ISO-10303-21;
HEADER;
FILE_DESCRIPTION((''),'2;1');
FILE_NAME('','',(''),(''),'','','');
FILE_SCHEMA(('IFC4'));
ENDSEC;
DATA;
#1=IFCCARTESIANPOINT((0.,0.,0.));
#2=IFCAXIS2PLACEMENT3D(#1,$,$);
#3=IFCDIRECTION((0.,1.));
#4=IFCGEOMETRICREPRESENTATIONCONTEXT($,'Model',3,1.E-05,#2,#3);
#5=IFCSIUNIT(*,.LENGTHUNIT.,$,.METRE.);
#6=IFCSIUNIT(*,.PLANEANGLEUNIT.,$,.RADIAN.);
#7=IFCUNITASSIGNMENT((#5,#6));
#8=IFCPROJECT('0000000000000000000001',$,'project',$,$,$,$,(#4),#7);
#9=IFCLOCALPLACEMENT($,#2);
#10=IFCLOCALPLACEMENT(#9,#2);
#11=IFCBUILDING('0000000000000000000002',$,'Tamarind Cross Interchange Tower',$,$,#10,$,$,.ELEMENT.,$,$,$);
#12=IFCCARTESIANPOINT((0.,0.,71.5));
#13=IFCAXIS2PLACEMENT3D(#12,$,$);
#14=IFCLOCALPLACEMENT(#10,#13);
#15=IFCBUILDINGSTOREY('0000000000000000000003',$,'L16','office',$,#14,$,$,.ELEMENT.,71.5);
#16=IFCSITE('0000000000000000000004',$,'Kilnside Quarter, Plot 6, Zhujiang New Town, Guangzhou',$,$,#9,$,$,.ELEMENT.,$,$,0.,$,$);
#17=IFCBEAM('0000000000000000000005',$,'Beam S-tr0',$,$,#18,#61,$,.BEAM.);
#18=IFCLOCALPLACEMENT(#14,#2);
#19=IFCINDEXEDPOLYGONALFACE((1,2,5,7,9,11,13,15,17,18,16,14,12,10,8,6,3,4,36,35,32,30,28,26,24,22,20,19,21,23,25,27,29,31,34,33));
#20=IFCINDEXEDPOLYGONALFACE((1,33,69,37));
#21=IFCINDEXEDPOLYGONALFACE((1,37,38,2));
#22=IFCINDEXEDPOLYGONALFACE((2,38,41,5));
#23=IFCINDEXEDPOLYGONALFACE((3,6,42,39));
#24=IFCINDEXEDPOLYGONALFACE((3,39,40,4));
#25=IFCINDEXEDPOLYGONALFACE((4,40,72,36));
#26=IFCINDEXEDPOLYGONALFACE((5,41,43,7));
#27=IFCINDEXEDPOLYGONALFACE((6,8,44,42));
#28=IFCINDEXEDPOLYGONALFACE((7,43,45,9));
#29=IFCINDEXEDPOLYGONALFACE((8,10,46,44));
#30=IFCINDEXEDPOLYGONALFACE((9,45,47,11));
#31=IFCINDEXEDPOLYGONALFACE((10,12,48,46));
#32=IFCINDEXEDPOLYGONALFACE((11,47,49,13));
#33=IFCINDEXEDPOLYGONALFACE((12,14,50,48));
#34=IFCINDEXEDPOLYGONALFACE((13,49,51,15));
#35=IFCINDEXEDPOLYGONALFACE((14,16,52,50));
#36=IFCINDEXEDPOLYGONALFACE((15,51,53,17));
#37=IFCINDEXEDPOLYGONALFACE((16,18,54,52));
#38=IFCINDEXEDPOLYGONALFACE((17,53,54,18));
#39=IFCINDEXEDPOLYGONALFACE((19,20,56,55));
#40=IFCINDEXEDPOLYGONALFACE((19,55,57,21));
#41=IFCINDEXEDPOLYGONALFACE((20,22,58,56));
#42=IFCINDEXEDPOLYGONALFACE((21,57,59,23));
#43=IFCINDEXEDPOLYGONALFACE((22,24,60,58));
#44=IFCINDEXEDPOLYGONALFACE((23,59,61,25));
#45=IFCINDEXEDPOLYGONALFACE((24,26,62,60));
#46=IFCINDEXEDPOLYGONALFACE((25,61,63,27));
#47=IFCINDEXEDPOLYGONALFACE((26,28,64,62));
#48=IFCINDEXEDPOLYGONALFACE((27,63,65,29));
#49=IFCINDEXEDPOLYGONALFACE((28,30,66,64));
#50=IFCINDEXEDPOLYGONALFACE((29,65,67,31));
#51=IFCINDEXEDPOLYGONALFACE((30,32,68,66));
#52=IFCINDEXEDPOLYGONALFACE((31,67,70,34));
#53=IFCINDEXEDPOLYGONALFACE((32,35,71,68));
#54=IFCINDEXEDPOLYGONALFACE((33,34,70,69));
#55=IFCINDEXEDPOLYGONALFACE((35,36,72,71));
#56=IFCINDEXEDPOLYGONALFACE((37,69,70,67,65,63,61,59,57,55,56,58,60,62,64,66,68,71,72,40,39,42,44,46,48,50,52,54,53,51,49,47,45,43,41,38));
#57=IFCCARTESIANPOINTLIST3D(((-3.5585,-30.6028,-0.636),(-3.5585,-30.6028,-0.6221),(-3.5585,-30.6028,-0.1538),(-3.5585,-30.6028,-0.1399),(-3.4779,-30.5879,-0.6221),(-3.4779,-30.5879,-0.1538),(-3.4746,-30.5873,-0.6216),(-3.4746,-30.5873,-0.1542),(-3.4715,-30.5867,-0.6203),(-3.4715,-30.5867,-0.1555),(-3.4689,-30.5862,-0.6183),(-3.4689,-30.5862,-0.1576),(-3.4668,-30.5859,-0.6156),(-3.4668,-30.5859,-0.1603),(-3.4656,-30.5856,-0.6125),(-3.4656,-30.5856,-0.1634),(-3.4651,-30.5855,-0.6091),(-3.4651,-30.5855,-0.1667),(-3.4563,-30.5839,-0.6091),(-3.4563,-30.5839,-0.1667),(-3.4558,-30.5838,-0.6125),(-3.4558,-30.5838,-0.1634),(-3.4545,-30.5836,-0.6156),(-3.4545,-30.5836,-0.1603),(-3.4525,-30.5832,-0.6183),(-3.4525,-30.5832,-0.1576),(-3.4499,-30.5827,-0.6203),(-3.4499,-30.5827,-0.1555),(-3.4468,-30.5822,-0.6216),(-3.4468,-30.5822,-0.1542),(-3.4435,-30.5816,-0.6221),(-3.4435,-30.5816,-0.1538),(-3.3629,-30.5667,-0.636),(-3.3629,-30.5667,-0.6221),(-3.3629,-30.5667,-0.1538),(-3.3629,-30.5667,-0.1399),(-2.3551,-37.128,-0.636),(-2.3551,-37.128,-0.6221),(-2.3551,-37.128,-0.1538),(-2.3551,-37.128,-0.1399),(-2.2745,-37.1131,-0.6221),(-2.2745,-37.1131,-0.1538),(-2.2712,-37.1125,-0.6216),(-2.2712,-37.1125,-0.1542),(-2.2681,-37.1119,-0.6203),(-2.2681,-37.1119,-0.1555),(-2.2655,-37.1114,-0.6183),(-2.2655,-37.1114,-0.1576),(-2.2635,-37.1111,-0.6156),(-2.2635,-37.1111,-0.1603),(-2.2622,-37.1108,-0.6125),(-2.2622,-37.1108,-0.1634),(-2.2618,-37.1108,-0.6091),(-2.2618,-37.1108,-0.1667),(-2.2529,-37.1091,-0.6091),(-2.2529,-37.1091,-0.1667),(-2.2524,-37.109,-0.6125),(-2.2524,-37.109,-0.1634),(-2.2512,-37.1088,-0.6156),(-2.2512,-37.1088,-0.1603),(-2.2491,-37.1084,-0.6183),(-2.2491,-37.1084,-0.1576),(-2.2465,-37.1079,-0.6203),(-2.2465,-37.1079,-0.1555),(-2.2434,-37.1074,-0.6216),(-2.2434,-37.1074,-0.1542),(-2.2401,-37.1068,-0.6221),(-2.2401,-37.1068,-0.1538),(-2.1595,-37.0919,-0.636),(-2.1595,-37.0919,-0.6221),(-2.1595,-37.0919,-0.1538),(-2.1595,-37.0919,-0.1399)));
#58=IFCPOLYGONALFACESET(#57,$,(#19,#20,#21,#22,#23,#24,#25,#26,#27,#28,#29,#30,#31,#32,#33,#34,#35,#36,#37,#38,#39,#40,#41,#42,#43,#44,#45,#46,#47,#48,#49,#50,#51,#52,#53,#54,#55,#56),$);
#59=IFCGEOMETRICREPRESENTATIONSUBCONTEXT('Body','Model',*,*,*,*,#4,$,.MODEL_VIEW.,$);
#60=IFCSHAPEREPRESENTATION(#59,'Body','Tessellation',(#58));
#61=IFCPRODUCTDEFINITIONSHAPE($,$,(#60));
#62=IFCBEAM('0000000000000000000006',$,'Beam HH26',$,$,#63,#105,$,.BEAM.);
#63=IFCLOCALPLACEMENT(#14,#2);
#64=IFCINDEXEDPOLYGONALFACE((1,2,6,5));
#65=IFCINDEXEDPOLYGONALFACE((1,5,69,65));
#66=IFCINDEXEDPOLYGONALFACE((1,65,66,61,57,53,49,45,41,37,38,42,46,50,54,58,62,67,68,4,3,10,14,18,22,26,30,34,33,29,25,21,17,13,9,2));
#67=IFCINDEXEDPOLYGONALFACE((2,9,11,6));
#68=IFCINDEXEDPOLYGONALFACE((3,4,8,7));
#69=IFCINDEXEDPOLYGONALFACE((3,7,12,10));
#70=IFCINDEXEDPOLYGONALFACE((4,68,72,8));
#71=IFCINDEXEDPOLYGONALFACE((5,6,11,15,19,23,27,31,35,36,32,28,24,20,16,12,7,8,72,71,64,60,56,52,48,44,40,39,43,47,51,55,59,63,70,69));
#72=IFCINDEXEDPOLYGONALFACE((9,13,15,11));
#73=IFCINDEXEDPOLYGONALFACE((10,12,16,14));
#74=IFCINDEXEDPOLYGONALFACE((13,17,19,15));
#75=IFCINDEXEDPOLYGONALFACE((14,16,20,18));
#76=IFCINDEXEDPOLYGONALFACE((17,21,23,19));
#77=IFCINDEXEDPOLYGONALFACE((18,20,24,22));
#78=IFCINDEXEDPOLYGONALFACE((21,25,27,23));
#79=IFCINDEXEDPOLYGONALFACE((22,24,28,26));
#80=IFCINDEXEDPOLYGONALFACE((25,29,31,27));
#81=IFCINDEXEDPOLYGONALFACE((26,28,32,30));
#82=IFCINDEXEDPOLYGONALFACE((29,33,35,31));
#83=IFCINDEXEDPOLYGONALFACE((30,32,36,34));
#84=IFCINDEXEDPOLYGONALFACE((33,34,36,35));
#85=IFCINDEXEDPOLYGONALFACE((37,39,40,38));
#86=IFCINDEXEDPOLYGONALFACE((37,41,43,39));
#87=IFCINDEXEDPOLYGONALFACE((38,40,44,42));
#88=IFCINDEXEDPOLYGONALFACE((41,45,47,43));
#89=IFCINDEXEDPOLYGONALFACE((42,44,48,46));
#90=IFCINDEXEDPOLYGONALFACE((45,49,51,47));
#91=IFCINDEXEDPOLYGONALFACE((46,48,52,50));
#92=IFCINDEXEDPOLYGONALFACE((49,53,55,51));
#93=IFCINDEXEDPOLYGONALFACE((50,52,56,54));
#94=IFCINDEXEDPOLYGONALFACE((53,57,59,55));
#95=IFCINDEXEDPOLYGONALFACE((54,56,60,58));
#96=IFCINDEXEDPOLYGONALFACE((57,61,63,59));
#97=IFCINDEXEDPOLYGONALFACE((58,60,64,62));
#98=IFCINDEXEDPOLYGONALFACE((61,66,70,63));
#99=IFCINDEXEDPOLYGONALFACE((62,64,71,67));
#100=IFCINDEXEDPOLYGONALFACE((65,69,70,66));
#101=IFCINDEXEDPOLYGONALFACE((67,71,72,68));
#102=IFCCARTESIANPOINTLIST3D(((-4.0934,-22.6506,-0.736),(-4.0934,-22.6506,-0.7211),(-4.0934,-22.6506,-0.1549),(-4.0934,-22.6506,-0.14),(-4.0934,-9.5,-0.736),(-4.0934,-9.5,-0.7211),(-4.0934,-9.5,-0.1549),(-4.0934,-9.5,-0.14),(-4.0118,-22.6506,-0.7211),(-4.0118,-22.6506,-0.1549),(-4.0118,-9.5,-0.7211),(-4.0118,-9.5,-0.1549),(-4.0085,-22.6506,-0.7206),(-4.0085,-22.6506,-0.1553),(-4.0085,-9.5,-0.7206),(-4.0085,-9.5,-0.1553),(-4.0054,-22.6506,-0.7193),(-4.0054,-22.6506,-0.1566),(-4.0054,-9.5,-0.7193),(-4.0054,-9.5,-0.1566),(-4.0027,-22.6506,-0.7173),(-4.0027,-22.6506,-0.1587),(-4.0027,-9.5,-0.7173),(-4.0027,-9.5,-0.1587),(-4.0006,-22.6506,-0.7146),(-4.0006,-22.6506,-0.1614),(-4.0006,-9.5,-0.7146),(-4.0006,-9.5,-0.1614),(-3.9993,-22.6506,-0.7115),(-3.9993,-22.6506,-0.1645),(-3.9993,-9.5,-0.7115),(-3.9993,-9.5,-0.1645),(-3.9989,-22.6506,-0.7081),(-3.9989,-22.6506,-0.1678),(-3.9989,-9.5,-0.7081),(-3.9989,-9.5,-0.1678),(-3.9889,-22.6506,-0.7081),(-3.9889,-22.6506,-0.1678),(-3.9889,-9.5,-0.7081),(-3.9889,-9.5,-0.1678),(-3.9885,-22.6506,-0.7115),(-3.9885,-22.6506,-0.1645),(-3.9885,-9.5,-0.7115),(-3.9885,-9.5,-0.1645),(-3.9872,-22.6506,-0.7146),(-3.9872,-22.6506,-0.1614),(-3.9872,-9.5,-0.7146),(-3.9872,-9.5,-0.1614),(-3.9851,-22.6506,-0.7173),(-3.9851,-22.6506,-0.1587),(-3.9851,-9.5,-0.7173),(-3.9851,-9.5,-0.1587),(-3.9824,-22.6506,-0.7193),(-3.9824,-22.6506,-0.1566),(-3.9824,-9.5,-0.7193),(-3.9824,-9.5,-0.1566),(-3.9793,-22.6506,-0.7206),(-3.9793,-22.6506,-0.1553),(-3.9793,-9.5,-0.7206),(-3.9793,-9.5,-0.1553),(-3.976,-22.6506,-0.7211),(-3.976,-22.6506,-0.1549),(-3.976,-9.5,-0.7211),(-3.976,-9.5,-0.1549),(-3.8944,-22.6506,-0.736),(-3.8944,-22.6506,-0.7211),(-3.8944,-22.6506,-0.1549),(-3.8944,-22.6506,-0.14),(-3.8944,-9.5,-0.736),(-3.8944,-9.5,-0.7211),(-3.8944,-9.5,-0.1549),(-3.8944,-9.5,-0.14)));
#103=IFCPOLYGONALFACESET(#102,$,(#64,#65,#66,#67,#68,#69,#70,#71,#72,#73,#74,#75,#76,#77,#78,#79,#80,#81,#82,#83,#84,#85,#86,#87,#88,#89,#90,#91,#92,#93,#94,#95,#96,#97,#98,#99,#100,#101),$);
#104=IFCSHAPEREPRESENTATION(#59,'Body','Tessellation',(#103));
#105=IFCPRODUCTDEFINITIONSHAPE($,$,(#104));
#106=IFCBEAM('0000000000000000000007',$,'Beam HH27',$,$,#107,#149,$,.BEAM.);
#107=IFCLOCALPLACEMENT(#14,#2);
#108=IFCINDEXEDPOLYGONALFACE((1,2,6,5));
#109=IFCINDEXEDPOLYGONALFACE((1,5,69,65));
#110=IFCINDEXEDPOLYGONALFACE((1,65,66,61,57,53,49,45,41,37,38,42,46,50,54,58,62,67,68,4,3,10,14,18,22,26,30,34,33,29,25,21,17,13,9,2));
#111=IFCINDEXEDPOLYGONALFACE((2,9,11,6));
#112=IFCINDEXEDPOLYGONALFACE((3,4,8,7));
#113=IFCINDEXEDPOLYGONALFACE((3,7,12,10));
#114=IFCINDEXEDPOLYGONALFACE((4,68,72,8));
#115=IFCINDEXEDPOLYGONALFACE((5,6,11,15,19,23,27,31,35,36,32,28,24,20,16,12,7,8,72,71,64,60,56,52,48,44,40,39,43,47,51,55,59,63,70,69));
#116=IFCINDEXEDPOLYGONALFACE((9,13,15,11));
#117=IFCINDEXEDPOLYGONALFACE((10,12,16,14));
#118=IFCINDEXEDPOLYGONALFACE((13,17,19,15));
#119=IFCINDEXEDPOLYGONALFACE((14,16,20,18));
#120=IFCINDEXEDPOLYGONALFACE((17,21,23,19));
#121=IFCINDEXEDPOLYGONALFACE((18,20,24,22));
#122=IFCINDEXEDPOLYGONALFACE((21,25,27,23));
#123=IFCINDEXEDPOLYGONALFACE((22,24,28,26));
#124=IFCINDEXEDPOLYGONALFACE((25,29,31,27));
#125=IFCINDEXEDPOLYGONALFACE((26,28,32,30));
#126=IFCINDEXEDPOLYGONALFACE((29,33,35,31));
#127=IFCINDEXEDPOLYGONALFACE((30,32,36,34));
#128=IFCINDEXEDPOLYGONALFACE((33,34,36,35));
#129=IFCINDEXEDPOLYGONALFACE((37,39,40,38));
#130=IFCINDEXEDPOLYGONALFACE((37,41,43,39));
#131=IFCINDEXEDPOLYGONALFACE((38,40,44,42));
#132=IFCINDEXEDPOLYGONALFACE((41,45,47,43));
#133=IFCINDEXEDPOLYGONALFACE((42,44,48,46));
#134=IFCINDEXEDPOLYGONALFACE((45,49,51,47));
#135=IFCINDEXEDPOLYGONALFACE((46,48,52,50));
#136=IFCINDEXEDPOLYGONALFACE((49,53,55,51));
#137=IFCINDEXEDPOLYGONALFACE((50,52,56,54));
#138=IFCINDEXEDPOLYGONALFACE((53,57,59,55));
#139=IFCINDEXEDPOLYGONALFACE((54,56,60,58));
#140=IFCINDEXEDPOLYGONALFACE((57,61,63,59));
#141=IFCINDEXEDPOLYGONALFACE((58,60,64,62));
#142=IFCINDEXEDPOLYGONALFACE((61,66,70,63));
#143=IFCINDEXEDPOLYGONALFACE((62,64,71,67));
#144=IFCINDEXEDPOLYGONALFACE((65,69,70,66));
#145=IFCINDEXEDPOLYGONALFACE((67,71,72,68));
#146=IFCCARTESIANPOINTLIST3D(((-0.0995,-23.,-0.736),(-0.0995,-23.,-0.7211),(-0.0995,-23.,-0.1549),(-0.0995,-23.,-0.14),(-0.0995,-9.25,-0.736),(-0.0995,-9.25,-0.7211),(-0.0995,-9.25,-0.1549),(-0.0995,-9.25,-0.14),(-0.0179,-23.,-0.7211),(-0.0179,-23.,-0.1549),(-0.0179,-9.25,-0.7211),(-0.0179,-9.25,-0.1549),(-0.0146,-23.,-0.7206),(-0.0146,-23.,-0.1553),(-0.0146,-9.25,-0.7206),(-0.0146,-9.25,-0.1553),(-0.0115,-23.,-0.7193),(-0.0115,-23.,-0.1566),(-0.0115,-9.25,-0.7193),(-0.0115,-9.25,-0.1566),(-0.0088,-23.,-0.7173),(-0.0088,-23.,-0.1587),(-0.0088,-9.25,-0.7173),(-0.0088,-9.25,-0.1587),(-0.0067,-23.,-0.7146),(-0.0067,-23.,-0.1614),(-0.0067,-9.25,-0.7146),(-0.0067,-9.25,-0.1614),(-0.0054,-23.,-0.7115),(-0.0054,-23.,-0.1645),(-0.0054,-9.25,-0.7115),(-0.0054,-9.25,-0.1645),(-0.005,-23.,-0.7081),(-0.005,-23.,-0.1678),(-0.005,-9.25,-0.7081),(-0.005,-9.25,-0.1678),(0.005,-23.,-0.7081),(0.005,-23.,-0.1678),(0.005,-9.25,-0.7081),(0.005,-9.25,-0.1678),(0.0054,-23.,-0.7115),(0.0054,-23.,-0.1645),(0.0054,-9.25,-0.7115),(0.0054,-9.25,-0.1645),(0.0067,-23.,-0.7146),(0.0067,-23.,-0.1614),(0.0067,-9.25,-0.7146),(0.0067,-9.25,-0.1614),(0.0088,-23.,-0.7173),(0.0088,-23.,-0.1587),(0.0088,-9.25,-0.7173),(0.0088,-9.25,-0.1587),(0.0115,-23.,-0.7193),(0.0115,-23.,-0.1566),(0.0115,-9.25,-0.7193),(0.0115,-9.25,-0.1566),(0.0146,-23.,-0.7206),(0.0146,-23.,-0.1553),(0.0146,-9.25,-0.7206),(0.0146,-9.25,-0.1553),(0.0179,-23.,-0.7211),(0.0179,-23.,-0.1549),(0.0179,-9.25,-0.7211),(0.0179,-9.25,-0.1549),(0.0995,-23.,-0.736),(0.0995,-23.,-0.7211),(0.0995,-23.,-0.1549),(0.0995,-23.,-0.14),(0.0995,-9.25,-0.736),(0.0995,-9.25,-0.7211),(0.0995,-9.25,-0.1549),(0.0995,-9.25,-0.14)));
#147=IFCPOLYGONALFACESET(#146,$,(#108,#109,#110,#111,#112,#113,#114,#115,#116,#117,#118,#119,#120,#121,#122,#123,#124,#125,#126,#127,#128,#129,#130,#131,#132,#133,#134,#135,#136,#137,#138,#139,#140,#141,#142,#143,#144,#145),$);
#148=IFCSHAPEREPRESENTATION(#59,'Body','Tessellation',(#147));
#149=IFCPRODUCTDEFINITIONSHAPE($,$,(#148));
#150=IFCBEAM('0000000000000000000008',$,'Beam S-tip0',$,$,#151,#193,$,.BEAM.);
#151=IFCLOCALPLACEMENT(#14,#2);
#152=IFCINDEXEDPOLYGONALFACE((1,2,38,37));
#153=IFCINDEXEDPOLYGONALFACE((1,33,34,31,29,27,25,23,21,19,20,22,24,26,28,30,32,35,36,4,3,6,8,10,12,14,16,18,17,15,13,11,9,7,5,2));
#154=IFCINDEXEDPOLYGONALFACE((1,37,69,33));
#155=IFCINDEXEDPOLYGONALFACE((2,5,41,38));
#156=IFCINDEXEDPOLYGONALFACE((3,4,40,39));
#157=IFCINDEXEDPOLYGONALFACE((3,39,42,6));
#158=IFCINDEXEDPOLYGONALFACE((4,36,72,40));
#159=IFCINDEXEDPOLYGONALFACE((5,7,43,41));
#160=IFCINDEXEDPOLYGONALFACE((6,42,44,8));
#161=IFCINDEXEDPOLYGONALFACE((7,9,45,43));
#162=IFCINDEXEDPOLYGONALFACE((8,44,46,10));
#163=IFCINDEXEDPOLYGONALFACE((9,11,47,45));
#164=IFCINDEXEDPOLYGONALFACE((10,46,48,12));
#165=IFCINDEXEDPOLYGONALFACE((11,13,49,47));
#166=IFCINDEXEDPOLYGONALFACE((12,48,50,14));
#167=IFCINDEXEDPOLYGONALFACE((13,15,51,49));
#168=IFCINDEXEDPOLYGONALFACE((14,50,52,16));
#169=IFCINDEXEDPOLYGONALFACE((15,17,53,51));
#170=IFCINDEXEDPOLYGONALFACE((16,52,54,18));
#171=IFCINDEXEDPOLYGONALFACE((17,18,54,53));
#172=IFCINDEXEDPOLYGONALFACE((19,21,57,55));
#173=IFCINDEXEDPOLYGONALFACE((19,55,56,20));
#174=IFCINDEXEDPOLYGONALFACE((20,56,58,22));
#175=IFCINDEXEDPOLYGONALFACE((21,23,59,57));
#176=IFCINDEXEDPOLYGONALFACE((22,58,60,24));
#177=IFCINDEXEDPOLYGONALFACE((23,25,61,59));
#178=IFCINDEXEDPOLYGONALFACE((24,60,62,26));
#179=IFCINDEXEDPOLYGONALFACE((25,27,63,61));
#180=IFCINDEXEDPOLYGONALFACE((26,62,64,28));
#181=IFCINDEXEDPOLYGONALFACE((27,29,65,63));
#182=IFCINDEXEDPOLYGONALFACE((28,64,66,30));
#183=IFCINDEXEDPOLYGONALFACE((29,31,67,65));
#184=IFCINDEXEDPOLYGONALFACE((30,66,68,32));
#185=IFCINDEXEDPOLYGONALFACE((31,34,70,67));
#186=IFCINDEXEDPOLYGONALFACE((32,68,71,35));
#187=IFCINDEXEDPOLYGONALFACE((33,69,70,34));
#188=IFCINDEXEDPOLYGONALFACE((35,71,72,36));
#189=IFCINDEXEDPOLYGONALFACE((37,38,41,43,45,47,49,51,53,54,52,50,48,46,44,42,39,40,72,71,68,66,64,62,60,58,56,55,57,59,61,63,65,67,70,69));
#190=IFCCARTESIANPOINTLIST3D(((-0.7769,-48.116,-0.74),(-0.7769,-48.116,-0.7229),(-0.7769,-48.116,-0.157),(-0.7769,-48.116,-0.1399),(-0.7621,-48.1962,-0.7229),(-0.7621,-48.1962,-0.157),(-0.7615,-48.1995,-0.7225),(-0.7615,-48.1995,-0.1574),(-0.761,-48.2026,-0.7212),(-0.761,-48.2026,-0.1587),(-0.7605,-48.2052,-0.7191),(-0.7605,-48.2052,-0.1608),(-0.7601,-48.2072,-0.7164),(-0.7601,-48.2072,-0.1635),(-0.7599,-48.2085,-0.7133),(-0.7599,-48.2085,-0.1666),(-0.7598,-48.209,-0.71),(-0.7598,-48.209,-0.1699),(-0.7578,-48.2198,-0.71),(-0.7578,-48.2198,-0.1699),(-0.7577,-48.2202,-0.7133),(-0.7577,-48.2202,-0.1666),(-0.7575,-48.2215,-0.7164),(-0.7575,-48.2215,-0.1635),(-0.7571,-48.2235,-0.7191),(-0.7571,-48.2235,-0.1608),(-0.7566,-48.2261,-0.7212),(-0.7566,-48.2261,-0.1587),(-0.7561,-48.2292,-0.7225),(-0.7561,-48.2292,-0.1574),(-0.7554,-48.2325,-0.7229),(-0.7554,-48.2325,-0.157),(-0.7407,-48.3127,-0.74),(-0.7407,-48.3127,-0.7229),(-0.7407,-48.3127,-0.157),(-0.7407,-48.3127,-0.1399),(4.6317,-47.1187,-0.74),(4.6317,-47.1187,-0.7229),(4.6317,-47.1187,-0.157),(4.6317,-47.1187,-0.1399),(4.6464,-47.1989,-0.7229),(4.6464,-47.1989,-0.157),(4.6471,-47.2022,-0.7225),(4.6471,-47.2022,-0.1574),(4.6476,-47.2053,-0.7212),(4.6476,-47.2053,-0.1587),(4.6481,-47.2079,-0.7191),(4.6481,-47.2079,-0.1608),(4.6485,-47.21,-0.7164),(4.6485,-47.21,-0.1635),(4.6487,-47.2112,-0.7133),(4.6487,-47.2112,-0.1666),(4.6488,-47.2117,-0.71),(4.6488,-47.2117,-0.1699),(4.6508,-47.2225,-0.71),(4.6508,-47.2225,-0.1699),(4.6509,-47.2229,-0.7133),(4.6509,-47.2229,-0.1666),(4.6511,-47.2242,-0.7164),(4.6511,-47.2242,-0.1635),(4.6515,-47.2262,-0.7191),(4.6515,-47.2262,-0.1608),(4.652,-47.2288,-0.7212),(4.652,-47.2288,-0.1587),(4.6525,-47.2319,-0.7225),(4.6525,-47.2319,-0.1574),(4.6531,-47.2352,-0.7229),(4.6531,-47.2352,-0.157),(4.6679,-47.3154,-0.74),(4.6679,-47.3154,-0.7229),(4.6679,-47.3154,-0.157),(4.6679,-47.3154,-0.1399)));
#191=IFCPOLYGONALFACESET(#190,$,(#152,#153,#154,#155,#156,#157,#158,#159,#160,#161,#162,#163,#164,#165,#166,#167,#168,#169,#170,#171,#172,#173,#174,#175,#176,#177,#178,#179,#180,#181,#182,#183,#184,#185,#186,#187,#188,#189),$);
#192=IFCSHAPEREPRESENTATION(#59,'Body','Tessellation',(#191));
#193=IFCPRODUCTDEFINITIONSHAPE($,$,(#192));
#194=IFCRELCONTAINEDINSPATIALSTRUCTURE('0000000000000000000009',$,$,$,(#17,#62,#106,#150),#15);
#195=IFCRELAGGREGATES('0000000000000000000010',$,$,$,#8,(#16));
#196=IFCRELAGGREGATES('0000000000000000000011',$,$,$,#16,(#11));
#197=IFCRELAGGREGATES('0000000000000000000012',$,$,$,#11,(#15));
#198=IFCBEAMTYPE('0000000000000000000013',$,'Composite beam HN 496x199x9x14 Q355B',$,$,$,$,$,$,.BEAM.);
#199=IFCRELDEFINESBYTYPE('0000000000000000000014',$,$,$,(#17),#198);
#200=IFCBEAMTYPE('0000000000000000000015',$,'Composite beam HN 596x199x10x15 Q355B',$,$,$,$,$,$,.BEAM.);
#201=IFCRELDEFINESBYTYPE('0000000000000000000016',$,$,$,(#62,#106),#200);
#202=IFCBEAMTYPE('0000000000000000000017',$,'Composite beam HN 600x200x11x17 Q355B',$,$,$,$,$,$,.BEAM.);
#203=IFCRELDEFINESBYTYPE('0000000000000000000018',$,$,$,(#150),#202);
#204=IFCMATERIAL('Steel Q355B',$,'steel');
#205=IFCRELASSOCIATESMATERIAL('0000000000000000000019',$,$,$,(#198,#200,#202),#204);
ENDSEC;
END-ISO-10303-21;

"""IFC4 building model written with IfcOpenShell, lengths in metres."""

from ifc_helpers import new_model, si_unit, direction, frame, origin, origin_2d, place, context, subcontext, project, spatial, i_section, extrude, material, material_profile, profile_set, type_object, element, save


model = new_model("IFC4")

# Units and contexts
model_context = context("Model", 3, precision=1e-05, world=origin(), true_north=direction((0.0, 1.0)))
body_context = subcontext(model_context, "Body", "Model", "MODEL_VIEW")
ifc_project = project(units=[si_unit("LENGTHUNIT", "METRE"), si_unit("PLANEANGLEUNIT", "RADIAN")], contexts=[model_context])

# Site, building, storey
site_placement = place(None, origin())
site = spatial("IfcSite", under=ifc_project, at=site_placement, Name="Kilnside Quarter, Plot 6, Zhujiang New Town, Guangzhou", CompositionType="ELEMENT", RefElevation=0.0)
building_placement = place(site_placement, origin())
building = spatial("IfcBuilding", under=site, at=building_placement, Name="Tamarind Cross Interchange Tower", CompositionType="ELEMENT")
storey_placement = place(building_placement, frame((0.0, 0.0, 71.5)))
storey = spatial("IfcBuildingStorey", under=building, at=storey_placement, Name="L16", Description="office", CompositionType="ELEMENT", Elevation=71.5)

# Beams
ifc_material_1 = material(Name="Steel Q355B", Category="steel")
ifc_material_profile_1 = material_profile(ifc_material_1, i_section(OverallWidth=0.199, OverallDepth=0.4961, WebThickness=0.009, FlangeThickness=0.0139, FilletRadius=0.0129, at=origin_2d()), Name="HN 496x199x9x14")
ifc_profile_set_1 = profile_set([ifc_material_profile_1], Name="Steel Q355B")
beam_type_1 = type_object("IfcBeamType", Name="Composite beam HN 496x199x9x14 Q355B", PredefinedType="BEAM", material=ifc_profile_set_1)
beam_1_placement = place(storey_placement, frame((-3.4607, -30.5847, -0.3879), z_axis=(0.181362, -0.983416, 0.0), x_axis=(0.983416, 0.181362, 0.0)))
element("IfcBeam", 1, at=beam_1_placement, inside=storey, type_object=beam_type_1, Name="Beam S-tr0", PredefinedType="BEAM", context=body_context, shape_type="SweptSolid", body=[
    extrude(i_section(OverallWidth=0.199, OverallDepth=0.4961, WebThickness=0.009, FlangeThickness=0.0139, FilletRadius=0.0129, at=origin_2d()), origin(), (0.0, 0.0, 1.0), 6.6353),
])
ifc_material_profile_2 = material_profile(ifc_material_1, i_section(OverallWidth=0.199, OverallDepth=0.5959, WebThickness=0.01, FlangeThickness=0.0149, FilletRadius=0.0129, at=origin_2d()), Name="HN 596x199x10x15")
ifc_profile_set_2 = profile_set([ifc_material_profile_2], Name="Steel Q355B")
beam_type_2 = type_object("IfcBeamType", Name="Composite beam HN 596x199x10x15 Q355B", PredefinedType="BEAM", material=ifc_profile_set_2)
beam_2_placement = place(storey_placement, frame((-3.9939, -22.6506, -0.438), z_axis=(0.0, 1.0, 0.0), x_axis=(-1.0, 0.0, 0.0)))
element("IfcBeam", 2, at=beam_2_placement, inside=storey, type_object=beam_type_2, Name="Beam HH26", PredefinedType="BEAM", context=body_context, shape_type="SweptSolid", body=[
    extrude(i_section(OverallWidth=0.199, OverallDepth=0.5959, WebThickness=0.01, FlangeThickness=0.0149, FilletRadius=0.0129, at=origin_2d()), origin(), (0.0, 0.0, 1.0), 13.1506),
])
beam_3_placement = place(storey_placement, frame((0.0, -23.0, -0.438), z_axis=(0.0, 1.0, 0.0), x_axis=(-1.0, 0.0, 0.0)))
element("IfcBeam", 3, at=beam_3_placement, inside=storey, type_object=beam_type_2, Name="Beam HH27", PredefinedType="BEAM", context=body_context, shape_type="SweptSolid", body=[
    extrude(i_section(OverallWidth=0.199, OverallDepth=0.5959, WebThickness=0.01, FlangeThickness=0.0149, FilletRadius=0.0129, at=origin_2d()), origin(), (0.0, 0.0, 1.0), 13.75),
])
ifc_material_profile_3 = material_profile(ifc_material_1, i_section(OverallWidth=0.2, OverallDepth=0.6001, WebThickness=0.011, FlangeThickness=0.0171, FilletRadius=0.0129, at=origin_2d()), Name="HN 600x200x11x17")
ifc_profile_set_3 = profile_set([ifc_material_profile_3], Name="Steel Q355B")
beam_type_3 = type_object("IfcBeamType", Name="Composite beam HN 600x200x11x17 Q355B", PredefinedType="BEAM", material=ifc_profile_set_3)
beam_4_placement = place(storey_placement, frame((-0.7588, -48.2144, -0.4399), z_axis=(0.983422, 0.181334, 0.0), x_axis=(-0.181334, 0.983422, 0.0)))
element("IfcBeam", 4, at=beam_4_placement, inside=storey, type_object=beam_type_3, Name="Beam S-tip0", PredefinedType="BEAM", context=body_context, shape_type="SweptSolid", body=[
    extrude(i_section(OverallWidth=0.2, OverallDepth=0.6001, WebThickness=0.011, FlangeThickness=0.0171, FilletRadius=0.0129, at=origin_2d()), origin(), (0.0, 0.0, 1.0), 5.4998),
])

save(model, "model.ifc")
